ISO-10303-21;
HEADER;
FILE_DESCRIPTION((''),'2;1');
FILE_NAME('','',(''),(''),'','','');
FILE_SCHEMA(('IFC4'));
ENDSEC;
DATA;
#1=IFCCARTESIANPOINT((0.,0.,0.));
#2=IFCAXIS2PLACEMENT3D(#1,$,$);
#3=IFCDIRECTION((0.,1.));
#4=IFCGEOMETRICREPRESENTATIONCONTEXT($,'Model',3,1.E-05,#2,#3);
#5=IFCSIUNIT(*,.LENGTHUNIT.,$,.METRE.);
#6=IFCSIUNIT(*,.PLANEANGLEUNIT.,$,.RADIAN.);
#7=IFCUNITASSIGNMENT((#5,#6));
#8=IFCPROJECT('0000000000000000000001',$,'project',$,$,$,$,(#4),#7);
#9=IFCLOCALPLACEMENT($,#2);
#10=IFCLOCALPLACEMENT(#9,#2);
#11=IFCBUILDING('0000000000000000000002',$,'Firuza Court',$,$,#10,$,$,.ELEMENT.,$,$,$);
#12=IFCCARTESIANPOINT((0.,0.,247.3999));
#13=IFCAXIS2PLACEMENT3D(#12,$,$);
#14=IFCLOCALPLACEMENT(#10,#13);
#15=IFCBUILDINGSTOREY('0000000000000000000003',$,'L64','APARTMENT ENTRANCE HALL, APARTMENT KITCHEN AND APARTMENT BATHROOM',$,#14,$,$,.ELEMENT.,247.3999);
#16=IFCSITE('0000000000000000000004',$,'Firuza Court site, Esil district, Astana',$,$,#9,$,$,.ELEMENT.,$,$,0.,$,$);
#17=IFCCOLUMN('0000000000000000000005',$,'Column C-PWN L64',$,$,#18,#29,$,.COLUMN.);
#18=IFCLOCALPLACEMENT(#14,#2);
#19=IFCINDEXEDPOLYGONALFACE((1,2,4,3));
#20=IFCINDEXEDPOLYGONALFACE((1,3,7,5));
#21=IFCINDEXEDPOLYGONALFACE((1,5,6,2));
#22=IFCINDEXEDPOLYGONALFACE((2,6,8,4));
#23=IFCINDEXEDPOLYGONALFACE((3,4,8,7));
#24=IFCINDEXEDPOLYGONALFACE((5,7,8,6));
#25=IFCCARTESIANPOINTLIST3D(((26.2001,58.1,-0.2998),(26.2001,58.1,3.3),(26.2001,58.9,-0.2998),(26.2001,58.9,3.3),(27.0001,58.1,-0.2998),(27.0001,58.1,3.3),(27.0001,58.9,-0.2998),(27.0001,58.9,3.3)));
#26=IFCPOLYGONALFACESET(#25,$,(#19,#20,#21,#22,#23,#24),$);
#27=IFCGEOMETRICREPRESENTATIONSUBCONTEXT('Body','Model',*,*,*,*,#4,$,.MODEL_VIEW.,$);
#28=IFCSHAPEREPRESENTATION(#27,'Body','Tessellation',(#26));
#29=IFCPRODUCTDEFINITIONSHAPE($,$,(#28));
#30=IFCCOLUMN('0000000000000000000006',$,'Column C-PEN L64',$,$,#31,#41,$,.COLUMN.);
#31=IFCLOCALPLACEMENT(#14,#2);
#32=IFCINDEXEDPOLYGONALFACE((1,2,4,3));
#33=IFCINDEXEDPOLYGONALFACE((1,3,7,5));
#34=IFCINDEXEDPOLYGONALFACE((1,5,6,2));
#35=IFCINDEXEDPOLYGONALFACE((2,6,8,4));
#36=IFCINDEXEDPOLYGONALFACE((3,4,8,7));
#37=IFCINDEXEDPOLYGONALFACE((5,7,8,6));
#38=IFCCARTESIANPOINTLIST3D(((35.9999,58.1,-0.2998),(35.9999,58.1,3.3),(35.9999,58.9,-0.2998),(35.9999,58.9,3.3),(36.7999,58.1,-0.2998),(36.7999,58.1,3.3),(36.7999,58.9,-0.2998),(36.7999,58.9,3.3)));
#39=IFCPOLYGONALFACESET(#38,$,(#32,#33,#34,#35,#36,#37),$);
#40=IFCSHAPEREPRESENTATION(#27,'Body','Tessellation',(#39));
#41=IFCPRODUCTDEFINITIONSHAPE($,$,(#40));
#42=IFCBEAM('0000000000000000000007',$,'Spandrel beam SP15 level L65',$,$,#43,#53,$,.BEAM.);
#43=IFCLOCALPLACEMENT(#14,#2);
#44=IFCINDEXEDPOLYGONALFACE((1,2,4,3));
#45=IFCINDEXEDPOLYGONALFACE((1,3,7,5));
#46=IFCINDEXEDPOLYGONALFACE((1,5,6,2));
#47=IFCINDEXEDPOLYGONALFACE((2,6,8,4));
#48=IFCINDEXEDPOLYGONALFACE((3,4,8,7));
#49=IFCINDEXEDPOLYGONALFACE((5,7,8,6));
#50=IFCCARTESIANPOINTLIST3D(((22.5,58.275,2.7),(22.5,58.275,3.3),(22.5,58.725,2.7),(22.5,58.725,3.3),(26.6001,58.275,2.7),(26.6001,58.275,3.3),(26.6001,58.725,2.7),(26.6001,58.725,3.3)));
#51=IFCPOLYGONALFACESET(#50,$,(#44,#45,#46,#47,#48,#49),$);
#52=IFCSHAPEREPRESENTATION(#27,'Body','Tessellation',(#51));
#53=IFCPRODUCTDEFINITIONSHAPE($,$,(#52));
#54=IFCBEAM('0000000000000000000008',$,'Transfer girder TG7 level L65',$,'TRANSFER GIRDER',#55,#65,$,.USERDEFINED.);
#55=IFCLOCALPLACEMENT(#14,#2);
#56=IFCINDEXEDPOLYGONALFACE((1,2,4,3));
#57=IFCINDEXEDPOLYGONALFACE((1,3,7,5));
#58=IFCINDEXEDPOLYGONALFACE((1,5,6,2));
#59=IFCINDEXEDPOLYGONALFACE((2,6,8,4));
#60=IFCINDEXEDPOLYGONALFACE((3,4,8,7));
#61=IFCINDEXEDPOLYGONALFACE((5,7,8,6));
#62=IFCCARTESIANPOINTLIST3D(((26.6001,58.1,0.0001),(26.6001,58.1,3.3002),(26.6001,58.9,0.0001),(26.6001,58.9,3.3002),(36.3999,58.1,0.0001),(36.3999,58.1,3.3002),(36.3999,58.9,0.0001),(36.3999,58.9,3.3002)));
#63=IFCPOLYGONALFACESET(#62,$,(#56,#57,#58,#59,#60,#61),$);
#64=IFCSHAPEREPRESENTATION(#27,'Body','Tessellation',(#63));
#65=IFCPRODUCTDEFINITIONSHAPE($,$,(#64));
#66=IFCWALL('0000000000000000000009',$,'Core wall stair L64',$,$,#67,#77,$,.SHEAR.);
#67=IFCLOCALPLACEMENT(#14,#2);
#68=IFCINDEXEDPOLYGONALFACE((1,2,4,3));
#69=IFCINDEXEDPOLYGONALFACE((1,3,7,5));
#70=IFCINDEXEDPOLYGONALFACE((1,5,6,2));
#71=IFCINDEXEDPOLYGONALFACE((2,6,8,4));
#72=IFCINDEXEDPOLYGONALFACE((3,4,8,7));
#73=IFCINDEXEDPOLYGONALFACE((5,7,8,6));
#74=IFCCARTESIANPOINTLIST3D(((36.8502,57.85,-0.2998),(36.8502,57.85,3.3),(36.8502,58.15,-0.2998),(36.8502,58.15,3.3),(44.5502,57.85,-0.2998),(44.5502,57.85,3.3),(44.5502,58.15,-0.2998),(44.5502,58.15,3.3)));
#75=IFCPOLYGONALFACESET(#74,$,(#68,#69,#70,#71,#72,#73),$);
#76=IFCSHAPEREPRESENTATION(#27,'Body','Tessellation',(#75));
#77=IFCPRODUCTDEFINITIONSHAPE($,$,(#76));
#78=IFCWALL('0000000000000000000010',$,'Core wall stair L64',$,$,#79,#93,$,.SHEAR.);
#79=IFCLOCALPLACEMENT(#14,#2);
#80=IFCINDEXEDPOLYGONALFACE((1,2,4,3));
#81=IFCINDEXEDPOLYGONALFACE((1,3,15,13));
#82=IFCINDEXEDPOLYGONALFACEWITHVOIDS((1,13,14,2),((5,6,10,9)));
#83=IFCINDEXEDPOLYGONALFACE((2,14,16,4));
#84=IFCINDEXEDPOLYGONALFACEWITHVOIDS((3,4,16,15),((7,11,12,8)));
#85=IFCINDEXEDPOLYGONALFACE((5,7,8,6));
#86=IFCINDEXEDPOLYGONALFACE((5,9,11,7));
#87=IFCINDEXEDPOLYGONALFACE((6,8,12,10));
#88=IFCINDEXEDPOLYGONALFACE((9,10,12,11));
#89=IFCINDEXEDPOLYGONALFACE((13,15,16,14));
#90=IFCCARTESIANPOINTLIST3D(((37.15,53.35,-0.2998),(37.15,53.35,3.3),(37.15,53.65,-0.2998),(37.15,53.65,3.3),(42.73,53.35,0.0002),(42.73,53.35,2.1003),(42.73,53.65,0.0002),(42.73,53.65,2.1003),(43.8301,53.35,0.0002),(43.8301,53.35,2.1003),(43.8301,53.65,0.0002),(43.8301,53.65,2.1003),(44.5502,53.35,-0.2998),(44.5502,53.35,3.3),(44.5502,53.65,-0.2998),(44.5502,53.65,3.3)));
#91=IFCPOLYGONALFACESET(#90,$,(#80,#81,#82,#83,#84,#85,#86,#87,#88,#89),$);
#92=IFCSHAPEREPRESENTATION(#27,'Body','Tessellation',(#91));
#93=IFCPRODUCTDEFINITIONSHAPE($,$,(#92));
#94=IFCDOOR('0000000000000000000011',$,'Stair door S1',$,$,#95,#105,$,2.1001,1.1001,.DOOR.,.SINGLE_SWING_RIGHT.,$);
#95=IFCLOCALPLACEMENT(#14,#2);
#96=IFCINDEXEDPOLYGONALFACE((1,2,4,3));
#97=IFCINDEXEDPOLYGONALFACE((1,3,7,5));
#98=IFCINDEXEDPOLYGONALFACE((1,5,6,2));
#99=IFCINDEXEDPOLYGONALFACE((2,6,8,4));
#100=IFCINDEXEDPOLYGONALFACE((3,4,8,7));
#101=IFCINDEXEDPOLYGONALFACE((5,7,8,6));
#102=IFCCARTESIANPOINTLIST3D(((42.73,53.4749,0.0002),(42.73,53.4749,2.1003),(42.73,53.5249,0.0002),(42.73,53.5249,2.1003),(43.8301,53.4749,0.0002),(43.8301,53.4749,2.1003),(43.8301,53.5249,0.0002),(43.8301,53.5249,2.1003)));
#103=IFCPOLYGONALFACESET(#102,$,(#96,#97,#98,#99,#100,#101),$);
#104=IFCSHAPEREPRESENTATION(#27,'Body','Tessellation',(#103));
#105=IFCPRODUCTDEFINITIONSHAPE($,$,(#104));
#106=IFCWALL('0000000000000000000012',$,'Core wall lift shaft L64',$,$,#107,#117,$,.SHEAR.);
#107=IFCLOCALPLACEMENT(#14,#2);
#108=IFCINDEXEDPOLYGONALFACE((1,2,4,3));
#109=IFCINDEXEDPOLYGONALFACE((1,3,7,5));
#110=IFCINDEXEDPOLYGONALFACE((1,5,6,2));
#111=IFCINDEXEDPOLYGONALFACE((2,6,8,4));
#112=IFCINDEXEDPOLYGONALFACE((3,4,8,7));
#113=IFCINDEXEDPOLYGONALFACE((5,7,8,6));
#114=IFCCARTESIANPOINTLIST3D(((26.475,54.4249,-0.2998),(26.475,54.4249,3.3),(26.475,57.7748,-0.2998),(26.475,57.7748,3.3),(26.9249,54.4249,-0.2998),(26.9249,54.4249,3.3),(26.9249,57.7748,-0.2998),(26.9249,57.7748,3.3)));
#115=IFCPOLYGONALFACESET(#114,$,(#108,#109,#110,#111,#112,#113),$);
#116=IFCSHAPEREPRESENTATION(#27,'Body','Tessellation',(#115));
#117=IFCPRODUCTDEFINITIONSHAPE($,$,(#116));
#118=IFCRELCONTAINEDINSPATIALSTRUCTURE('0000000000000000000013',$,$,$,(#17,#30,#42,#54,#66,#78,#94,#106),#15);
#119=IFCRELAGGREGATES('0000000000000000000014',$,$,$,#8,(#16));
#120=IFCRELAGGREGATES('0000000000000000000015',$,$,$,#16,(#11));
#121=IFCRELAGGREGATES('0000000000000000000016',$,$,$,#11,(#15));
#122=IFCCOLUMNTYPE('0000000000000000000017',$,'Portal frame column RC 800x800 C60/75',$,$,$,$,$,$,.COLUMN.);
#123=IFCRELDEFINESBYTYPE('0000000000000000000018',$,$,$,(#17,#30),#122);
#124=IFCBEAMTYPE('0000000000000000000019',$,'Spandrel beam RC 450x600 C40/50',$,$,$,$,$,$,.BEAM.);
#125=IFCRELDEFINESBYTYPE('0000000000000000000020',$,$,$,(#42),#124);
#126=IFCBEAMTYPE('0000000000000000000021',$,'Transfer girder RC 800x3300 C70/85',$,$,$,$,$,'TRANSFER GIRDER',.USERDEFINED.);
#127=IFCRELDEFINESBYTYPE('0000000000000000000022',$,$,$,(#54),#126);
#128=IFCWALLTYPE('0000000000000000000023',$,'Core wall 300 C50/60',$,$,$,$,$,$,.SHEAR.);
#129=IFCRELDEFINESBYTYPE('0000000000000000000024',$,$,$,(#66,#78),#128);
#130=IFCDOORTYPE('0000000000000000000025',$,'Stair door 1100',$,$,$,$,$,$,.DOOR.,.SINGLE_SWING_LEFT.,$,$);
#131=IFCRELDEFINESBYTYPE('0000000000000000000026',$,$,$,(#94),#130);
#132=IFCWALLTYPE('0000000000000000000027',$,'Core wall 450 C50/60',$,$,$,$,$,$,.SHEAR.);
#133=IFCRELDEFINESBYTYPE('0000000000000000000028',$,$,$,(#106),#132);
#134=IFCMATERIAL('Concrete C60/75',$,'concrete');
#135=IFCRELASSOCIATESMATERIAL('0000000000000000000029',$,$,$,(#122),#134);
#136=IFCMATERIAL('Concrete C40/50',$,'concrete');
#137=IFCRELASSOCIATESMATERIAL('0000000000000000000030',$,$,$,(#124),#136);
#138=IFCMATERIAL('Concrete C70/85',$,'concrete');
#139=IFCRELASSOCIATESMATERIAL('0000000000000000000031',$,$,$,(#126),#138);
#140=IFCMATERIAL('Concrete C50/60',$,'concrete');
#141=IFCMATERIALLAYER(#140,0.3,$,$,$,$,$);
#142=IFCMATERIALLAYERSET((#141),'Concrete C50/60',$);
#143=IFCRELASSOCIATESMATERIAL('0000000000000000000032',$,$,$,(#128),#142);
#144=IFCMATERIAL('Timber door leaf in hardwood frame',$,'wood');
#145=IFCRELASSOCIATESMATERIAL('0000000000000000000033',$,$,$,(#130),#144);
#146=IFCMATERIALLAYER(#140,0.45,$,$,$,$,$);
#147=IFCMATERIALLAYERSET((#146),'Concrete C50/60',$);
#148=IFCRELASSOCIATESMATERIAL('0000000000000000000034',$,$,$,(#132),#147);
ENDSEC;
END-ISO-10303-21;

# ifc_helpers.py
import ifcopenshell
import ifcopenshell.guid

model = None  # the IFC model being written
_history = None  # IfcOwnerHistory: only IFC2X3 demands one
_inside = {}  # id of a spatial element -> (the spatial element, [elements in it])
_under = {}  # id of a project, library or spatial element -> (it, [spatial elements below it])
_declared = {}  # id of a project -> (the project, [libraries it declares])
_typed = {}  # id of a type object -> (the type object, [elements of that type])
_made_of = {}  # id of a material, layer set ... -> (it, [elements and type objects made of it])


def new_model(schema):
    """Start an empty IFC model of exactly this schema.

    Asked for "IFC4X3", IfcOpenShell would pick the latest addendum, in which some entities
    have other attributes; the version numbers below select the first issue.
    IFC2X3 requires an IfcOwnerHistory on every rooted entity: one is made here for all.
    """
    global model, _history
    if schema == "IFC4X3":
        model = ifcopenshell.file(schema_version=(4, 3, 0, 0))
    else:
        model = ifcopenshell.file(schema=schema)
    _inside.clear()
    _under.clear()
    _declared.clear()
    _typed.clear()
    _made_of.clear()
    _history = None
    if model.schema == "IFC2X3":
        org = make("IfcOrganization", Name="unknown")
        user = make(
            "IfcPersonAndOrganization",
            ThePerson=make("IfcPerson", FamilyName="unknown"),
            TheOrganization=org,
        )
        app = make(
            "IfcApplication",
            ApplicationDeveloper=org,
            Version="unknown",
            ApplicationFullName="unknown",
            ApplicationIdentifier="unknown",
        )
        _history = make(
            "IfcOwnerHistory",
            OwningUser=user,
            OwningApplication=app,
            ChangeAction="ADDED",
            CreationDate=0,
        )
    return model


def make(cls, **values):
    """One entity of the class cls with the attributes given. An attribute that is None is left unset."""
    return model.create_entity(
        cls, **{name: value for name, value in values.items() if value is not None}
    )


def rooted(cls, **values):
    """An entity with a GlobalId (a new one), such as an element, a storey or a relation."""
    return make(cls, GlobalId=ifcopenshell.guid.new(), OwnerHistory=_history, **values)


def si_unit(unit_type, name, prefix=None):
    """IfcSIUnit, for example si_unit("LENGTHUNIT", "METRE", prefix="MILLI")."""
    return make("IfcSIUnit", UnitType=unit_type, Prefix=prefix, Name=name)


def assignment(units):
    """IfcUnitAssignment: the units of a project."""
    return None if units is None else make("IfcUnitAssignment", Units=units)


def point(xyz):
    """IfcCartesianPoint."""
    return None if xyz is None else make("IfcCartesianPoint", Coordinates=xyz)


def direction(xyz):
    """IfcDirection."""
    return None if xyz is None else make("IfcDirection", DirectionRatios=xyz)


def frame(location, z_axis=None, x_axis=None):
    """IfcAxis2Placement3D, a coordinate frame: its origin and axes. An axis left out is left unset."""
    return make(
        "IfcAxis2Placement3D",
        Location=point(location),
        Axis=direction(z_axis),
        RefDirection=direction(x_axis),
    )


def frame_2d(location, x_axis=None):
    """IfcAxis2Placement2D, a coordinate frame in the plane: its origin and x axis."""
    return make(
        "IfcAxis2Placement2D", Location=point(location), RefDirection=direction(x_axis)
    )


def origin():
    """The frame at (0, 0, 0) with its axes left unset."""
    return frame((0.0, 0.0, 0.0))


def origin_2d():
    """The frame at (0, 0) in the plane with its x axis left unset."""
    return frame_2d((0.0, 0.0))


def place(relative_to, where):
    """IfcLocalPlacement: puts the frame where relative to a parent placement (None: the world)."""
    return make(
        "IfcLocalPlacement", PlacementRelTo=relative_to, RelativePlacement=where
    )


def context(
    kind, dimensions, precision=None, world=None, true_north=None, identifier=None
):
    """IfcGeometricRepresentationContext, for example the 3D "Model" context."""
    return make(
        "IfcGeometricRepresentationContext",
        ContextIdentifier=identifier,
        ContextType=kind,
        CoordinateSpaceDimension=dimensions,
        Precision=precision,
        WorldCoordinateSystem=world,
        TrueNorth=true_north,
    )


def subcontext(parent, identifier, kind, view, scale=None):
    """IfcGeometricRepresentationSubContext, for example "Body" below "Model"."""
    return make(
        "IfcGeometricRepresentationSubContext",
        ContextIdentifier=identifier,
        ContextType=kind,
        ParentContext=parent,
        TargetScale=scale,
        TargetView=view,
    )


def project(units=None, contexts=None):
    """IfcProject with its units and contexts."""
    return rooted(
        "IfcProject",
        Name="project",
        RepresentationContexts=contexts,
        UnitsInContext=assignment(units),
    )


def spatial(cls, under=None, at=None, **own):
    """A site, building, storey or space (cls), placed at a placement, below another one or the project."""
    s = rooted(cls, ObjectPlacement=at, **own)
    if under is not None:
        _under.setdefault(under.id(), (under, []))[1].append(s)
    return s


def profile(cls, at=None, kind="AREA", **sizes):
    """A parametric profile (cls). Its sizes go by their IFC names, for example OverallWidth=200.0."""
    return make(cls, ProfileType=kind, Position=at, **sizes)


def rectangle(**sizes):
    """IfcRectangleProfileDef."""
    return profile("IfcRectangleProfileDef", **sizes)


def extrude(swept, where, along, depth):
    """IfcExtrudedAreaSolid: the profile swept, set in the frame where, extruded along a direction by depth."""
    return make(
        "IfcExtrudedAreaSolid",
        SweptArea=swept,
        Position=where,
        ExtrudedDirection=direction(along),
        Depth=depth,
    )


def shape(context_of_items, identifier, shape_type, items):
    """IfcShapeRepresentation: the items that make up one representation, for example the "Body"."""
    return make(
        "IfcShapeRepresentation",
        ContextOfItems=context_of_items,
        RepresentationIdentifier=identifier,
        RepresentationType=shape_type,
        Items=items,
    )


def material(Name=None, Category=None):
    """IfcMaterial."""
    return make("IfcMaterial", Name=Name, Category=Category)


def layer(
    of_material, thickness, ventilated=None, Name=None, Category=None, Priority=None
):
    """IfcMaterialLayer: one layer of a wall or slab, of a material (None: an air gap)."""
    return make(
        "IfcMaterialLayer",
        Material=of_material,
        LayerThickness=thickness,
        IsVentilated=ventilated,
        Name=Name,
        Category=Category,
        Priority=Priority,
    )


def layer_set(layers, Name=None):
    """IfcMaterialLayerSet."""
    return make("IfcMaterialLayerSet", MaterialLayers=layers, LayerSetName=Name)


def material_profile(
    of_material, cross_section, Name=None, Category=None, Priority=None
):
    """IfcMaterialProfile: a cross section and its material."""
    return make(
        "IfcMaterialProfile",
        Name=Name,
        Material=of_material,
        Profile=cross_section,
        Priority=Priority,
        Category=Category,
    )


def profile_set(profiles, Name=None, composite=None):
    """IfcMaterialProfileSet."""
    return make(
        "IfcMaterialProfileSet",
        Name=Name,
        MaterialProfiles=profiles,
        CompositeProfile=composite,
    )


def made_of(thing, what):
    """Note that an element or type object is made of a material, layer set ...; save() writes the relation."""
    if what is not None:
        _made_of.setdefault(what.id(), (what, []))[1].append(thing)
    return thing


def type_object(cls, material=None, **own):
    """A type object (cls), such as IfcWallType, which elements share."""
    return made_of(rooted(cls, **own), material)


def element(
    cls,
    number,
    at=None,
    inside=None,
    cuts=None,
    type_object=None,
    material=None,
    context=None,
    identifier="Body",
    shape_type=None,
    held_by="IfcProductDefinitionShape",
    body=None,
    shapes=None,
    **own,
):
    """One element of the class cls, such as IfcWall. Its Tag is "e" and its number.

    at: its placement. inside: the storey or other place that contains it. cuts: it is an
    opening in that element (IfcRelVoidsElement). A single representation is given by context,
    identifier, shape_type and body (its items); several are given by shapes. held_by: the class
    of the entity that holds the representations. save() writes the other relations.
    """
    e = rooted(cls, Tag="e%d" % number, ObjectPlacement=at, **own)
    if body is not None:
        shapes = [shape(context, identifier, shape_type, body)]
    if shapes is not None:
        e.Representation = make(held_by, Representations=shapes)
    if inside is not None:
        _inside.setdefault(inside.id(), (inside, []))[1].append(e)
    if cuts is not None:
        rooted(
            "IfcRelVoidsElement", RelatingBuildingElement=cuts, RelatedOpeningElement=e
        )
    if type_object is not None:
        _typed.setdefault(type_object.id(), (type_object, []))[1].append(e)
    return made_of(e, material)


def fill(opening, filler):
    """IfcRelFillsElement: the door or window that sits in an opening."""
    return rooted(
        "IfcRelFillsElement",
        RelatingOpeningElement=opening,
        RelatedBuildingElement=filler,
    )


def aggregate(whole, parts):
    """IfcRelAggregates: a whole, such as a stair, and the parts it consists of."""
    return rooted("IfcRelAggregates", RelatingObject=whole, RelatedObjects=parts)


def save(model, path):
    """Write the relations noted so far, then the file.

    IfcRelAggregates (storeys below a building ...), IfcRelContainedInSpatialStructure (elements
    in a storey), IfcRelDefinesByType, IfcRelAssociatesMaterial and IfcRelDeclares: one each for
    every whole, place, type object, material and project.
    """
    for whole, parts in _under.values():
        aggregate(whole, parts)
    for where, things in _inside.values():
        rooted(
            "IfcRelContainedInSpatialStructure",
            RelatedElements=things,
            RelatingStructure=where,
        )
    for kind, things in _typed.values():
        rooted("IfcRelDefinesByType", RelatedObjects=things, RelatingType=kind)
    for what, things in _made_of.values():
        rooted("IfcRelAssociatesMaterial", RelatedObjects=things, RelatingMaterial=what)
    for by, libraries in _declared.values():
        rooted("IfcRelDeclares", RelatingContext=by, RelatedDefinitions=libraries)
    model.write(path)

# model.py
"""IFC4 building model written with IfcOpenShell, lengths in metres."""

from ifc_helpers import new_model, si_unit, direction, frame, frame_2d, origin, origin_2d, place, context, subcontext, project, spatial, rectangle, extrude, material, layer, layer_set, material_profile, profile_set, type_object, element, fill, save


model = new_model("IFC4")

# Units and contexts
model_context = context("Model", 3, precision=1e-05, world=origin(), true_north=direction((0.0, 1.0)))
body_context = subcontext(model_context, "Body", "Model", "MODEL_VIEW")
ifc_project = project(units=[si_unit("LENGTHUNIT", "METRE"), si_unit("PLANEANGLEUNIT", "RADIAN")], contexts=[model_context])

# Site, building, storey
site_placement = place(None, origin())
site = spatial("IfcSite", under=ifc_project, at=site_placement, Name="Firuza Court site, Esil district, Astana", CompositionType="ELEMENT", RefElevation=0.0)
building_placement = place(site_placement, origin())
building = spatial("IfcBuilding", under=site, at=building_placement, Name="Firuza Court", CompositionType="ELEMENT")
storey_placement = place(building_placement, frame((0.0, 0.0, 247.3999)))
storey = spatial("IfcBuildingStorey", under=building, at=storey_placement, Name="L64", Description="APARTMENT ENTRANCE HALL, APARTMENT KITCHEN AND APARTMENT BATHROOM", CompositionType="ELEMENT", Elevation=247.3999)

# Columns
ifc_material_1 = material(Name="Concrete C60/75", Category="concrete")
ifc_material_profile_1 = material_profile(ifc_material_1, rectangle(XDim=0.8, YDim=0.8, at=origin_2d()), Name="RC 800x800")
ifc_profile_set_1 = profile_set([ifc_material_profile_1], Name="Concrete C60/75")
column_type = type_object("IfcColumnType", Name="Portal frame column RC 800x800 C60/75", PredefinedType="COLUMN", material=ifc_profile_set_1)
for number, where, z_axis, x_axis, name in (
    (1, (26.6001, 58.5, -0.2998), (0.0, 0.0, 1.0), (1.0, 0.0, 0.0), "Column C-PWN L64"),
    (2, (36.3999, 58.5, -0.2998), (0.0, 0.0, 1.0), (1.0, 0.0, 0.0), "Column C-PEN L64"),
):
    element("IfcColumn", number, at=place(storey_placement, frame(where, z_axis=z_axis, x_axis=x_axis)), inside=storey, type_object=column_type, Name=name, PredefinedType="COLUMN", context=body_context, shape_type="SweptSolid", body=[
        extrude(rectangle(XDim=0.8, YDim=0.8, at=origin_2d()), origin(), (0.0, 0.0, 1.0), 3.5999),
    ])

# Beams
ifc_material_2 = material(Name="Concrete C40/50", Category="concrete")
ifc_material_profile_2 = material_profile(ifc_material_2, rectangle(XDim=0.45, YDim=0.6001, at=origin_2d()), Name="RC 450x600")
ifc_profile_set_2 = profile_set([ifc_material_profile_2], Name="Concrete C40/50")
beam_type_1 = type_object("IfcBeamType", Name="Spandrel beam RC 450x600 C40/50", PredefinedType="BEAM", material=ifc_profile_set_2)
beam_1_placement = place(storey_placement, frame((26.6001, 58.5, 3.0), z_axis=(-1.0, 0.0, 0.0), x_axis=(0.0, -1.0, 0.0)))
element("IfcBeam", 3, at=beam_1_placement, inside=storey, type_object=beam_type_1, Name="Spandrel beam SP15 level L65", PredefinedType="BEAM", context=body_context, shape_type="SweptSolid", body=[
    extrude(rectangle(XDim=0.45, YDim=0.6001, at=origin_2d()), origin(), (0.0, 0.0, 1.0), 4.1001),
])
ifc_material_3 = material(Name="Concrete C70/85", Category="concrete")
ifc_material_profile_3 = material_profile(ifc_material_3, rectangle(XDim=0.8, YDim=3.3, at=origin_2d()), Name="RC 800x3300")
ifc_profile_set_3 = profile_set([ifc_material_profile_3], Name="Concrete C70/85")
beam_type_2 = type_object("IfcBeamType", Name="Transfer girder RC 800x3300 C70/85", ElementType="TRANSFER GIRDER", PredefinedType="USERDEFINED", material=ifc_profile_set_3)
beam_2_placement = place(storey_placement, frame((36.3999, 58.5, 1.6501), z_axis=(-1.0, 0.0, 0.0), x_axis=(0.0, -1.0, 0.0)))
element("IfcBeam", 4, at=beam_2_placement, inside=storey, type_object=beam_type_2, Name="Transfer girder TG7 level L65", ObjectType="TRANSFER GIRDER", PredefinedType="USERDEFINED", context=body_context, shape_type="SweptSolid", body=[
    extrude(rectangle(XDim=0.8, YDim=3.3, at=origin_2d()), origin(), (0.0, 0.0, 1.0), 9.7998),
])

# Wall
ifc_material_4 = material(Name="Concrete C50/60", Category="concrete")
ifc_layer_1 = layer(ifc_material_4, 0.3)
ifc_layer_set_1 = layer_set([ifc_layer_1], Name="Concrete C50/60")
wall_type_1 = type_object("IfcWallType", Name="Core wall 300 C50/60", PredefinedType="SHEAR", material=ifc_layer_set_1)
wall_1_placement = place(storey_placement, frame((36.8501, 58.0, -0.2998), z_axis=(0.0, 0.0, 1.0), x_axis=(1.0, 0.0, 0.0)))
element("IfcWall", 5, at=wall_1_placement, inside=storey, type_object=wall_type_1, Name="Core wall stair L64", PredefinedType="SHEAR", context=body_context, shape_type="SweptSolid", body=[
    extrude(rectangle(XDim=7.7, YDim=0.3, at=frame_2d((3.8501, 0.0))), origin(), (0.0, 0.0, 1.0), 3.5999),
])

# Wall, opening, door
wall_2_placement = place(storey_placement, frame((37.1499, 53.5, -0.2998), z_axis=(0.0, 0.0, 1.0), x_axis=(1.0, 0.0, 0.0)))
wall_2 = element("IfcWall", 6, at=wall_2_placement, inside=storey, type_object=wall_type_1, Name="Core wall stair L64", PredefinedType="SHEAR", context=body_context, shape_type="SweptSolid", body=[
    extrude(rectangle(XDim=7.4001, YDim=0.3, at=frame_2d((3.7002, 0.0))), origin(), (0.0, 0.0, 1.0), 3.5999),
])
opening_1_placement = place(wall_2_placement, frame((5.5801, 0.0, 0.3)))
opening_1 = element("IfcOpeningElement", 7, at=opening_1_placement, cuts=wall_2, PredefinedType="OPENING", context=body_context, shape_type="SweptSolid", body=[
    extrude(rectangle(XDim=1.1001, YDim=2.1001, at=frame_2d((0.55, 1.05))), frame((0.0, 0.1621, 0.0), z_axis=(0.0, -1.0, 0.0), x_axis=(1.0, 0.0, 0.0)), (0.0, 0.0, 1.0), 0.324),
])
ifc_material_5 = material(Name="Timber door leaf in hardwood frame", Category="wood")
door_type_1 = type_object("IfcDoorType", Name="Stair door 1100", OperationType="SINGLE_SWING_LEFT", PredefinedType="DOOR", material=ifc_material_5)
door_1_placement = place(opening_1_placement, origin())
door_1 = element("IfcDoor", 8, at=door_1_placement, inside=storey, type_object=door_type_1, Name="Stair door S1", OperationType="SINGLE_SWING_RIGHT", OverallHeight=2.1001, OverallWidth=1.1001, PredefinedType="DOOR", context=body_context, shape_type="SweptSolid", body=[
    extrude(rectangle(XDim=1.1001, YDim=2.1001, at=frame_2d((0.55, 1.05))), frame((0.0, 0.0249, 0.0), z_axis=(0.0, -1.0, 0.0), x_axis=(1.0, 0.0, 0.0)), (0.0, 0.0, 1.0), 0.05),
])
fill(opening_1, door_1)

# Wall
ifc_layer_2 = layer(ifc_material_4, 0.45)
ifc_layer_set_2 = layer_set([ifc_layer_2], Name="Concrete C50/60")
wall_type_2 = type_object("IfcWallType", Name="Core wall 450 C50/60", PredefinedType="SHEAR", material=ifc_layer_set_2)
wall_3_placement = place(storey_placement, frame((26.7, 54.425, -0.2998), z_axis=(0.0, 0.0, 1.0), x_axis=(0.0, 1.0, 0.0)))
element("IfcWall", 9, at=wall_3_placement, inside=storey, type_object=wall_type_2, Name="Core wall lift shaft L64", PredefinedType="SHEAR", context=body_context, shape_type="SweptSolid", body=[
    extrude(rectangle(XDim=3.3499, YDim=0.45, at=frame_2d((1.6748, 0.0))), origin(), (0.0, 0.0, 1.0), 3.5999),
])

save(model, "model.ifc")
